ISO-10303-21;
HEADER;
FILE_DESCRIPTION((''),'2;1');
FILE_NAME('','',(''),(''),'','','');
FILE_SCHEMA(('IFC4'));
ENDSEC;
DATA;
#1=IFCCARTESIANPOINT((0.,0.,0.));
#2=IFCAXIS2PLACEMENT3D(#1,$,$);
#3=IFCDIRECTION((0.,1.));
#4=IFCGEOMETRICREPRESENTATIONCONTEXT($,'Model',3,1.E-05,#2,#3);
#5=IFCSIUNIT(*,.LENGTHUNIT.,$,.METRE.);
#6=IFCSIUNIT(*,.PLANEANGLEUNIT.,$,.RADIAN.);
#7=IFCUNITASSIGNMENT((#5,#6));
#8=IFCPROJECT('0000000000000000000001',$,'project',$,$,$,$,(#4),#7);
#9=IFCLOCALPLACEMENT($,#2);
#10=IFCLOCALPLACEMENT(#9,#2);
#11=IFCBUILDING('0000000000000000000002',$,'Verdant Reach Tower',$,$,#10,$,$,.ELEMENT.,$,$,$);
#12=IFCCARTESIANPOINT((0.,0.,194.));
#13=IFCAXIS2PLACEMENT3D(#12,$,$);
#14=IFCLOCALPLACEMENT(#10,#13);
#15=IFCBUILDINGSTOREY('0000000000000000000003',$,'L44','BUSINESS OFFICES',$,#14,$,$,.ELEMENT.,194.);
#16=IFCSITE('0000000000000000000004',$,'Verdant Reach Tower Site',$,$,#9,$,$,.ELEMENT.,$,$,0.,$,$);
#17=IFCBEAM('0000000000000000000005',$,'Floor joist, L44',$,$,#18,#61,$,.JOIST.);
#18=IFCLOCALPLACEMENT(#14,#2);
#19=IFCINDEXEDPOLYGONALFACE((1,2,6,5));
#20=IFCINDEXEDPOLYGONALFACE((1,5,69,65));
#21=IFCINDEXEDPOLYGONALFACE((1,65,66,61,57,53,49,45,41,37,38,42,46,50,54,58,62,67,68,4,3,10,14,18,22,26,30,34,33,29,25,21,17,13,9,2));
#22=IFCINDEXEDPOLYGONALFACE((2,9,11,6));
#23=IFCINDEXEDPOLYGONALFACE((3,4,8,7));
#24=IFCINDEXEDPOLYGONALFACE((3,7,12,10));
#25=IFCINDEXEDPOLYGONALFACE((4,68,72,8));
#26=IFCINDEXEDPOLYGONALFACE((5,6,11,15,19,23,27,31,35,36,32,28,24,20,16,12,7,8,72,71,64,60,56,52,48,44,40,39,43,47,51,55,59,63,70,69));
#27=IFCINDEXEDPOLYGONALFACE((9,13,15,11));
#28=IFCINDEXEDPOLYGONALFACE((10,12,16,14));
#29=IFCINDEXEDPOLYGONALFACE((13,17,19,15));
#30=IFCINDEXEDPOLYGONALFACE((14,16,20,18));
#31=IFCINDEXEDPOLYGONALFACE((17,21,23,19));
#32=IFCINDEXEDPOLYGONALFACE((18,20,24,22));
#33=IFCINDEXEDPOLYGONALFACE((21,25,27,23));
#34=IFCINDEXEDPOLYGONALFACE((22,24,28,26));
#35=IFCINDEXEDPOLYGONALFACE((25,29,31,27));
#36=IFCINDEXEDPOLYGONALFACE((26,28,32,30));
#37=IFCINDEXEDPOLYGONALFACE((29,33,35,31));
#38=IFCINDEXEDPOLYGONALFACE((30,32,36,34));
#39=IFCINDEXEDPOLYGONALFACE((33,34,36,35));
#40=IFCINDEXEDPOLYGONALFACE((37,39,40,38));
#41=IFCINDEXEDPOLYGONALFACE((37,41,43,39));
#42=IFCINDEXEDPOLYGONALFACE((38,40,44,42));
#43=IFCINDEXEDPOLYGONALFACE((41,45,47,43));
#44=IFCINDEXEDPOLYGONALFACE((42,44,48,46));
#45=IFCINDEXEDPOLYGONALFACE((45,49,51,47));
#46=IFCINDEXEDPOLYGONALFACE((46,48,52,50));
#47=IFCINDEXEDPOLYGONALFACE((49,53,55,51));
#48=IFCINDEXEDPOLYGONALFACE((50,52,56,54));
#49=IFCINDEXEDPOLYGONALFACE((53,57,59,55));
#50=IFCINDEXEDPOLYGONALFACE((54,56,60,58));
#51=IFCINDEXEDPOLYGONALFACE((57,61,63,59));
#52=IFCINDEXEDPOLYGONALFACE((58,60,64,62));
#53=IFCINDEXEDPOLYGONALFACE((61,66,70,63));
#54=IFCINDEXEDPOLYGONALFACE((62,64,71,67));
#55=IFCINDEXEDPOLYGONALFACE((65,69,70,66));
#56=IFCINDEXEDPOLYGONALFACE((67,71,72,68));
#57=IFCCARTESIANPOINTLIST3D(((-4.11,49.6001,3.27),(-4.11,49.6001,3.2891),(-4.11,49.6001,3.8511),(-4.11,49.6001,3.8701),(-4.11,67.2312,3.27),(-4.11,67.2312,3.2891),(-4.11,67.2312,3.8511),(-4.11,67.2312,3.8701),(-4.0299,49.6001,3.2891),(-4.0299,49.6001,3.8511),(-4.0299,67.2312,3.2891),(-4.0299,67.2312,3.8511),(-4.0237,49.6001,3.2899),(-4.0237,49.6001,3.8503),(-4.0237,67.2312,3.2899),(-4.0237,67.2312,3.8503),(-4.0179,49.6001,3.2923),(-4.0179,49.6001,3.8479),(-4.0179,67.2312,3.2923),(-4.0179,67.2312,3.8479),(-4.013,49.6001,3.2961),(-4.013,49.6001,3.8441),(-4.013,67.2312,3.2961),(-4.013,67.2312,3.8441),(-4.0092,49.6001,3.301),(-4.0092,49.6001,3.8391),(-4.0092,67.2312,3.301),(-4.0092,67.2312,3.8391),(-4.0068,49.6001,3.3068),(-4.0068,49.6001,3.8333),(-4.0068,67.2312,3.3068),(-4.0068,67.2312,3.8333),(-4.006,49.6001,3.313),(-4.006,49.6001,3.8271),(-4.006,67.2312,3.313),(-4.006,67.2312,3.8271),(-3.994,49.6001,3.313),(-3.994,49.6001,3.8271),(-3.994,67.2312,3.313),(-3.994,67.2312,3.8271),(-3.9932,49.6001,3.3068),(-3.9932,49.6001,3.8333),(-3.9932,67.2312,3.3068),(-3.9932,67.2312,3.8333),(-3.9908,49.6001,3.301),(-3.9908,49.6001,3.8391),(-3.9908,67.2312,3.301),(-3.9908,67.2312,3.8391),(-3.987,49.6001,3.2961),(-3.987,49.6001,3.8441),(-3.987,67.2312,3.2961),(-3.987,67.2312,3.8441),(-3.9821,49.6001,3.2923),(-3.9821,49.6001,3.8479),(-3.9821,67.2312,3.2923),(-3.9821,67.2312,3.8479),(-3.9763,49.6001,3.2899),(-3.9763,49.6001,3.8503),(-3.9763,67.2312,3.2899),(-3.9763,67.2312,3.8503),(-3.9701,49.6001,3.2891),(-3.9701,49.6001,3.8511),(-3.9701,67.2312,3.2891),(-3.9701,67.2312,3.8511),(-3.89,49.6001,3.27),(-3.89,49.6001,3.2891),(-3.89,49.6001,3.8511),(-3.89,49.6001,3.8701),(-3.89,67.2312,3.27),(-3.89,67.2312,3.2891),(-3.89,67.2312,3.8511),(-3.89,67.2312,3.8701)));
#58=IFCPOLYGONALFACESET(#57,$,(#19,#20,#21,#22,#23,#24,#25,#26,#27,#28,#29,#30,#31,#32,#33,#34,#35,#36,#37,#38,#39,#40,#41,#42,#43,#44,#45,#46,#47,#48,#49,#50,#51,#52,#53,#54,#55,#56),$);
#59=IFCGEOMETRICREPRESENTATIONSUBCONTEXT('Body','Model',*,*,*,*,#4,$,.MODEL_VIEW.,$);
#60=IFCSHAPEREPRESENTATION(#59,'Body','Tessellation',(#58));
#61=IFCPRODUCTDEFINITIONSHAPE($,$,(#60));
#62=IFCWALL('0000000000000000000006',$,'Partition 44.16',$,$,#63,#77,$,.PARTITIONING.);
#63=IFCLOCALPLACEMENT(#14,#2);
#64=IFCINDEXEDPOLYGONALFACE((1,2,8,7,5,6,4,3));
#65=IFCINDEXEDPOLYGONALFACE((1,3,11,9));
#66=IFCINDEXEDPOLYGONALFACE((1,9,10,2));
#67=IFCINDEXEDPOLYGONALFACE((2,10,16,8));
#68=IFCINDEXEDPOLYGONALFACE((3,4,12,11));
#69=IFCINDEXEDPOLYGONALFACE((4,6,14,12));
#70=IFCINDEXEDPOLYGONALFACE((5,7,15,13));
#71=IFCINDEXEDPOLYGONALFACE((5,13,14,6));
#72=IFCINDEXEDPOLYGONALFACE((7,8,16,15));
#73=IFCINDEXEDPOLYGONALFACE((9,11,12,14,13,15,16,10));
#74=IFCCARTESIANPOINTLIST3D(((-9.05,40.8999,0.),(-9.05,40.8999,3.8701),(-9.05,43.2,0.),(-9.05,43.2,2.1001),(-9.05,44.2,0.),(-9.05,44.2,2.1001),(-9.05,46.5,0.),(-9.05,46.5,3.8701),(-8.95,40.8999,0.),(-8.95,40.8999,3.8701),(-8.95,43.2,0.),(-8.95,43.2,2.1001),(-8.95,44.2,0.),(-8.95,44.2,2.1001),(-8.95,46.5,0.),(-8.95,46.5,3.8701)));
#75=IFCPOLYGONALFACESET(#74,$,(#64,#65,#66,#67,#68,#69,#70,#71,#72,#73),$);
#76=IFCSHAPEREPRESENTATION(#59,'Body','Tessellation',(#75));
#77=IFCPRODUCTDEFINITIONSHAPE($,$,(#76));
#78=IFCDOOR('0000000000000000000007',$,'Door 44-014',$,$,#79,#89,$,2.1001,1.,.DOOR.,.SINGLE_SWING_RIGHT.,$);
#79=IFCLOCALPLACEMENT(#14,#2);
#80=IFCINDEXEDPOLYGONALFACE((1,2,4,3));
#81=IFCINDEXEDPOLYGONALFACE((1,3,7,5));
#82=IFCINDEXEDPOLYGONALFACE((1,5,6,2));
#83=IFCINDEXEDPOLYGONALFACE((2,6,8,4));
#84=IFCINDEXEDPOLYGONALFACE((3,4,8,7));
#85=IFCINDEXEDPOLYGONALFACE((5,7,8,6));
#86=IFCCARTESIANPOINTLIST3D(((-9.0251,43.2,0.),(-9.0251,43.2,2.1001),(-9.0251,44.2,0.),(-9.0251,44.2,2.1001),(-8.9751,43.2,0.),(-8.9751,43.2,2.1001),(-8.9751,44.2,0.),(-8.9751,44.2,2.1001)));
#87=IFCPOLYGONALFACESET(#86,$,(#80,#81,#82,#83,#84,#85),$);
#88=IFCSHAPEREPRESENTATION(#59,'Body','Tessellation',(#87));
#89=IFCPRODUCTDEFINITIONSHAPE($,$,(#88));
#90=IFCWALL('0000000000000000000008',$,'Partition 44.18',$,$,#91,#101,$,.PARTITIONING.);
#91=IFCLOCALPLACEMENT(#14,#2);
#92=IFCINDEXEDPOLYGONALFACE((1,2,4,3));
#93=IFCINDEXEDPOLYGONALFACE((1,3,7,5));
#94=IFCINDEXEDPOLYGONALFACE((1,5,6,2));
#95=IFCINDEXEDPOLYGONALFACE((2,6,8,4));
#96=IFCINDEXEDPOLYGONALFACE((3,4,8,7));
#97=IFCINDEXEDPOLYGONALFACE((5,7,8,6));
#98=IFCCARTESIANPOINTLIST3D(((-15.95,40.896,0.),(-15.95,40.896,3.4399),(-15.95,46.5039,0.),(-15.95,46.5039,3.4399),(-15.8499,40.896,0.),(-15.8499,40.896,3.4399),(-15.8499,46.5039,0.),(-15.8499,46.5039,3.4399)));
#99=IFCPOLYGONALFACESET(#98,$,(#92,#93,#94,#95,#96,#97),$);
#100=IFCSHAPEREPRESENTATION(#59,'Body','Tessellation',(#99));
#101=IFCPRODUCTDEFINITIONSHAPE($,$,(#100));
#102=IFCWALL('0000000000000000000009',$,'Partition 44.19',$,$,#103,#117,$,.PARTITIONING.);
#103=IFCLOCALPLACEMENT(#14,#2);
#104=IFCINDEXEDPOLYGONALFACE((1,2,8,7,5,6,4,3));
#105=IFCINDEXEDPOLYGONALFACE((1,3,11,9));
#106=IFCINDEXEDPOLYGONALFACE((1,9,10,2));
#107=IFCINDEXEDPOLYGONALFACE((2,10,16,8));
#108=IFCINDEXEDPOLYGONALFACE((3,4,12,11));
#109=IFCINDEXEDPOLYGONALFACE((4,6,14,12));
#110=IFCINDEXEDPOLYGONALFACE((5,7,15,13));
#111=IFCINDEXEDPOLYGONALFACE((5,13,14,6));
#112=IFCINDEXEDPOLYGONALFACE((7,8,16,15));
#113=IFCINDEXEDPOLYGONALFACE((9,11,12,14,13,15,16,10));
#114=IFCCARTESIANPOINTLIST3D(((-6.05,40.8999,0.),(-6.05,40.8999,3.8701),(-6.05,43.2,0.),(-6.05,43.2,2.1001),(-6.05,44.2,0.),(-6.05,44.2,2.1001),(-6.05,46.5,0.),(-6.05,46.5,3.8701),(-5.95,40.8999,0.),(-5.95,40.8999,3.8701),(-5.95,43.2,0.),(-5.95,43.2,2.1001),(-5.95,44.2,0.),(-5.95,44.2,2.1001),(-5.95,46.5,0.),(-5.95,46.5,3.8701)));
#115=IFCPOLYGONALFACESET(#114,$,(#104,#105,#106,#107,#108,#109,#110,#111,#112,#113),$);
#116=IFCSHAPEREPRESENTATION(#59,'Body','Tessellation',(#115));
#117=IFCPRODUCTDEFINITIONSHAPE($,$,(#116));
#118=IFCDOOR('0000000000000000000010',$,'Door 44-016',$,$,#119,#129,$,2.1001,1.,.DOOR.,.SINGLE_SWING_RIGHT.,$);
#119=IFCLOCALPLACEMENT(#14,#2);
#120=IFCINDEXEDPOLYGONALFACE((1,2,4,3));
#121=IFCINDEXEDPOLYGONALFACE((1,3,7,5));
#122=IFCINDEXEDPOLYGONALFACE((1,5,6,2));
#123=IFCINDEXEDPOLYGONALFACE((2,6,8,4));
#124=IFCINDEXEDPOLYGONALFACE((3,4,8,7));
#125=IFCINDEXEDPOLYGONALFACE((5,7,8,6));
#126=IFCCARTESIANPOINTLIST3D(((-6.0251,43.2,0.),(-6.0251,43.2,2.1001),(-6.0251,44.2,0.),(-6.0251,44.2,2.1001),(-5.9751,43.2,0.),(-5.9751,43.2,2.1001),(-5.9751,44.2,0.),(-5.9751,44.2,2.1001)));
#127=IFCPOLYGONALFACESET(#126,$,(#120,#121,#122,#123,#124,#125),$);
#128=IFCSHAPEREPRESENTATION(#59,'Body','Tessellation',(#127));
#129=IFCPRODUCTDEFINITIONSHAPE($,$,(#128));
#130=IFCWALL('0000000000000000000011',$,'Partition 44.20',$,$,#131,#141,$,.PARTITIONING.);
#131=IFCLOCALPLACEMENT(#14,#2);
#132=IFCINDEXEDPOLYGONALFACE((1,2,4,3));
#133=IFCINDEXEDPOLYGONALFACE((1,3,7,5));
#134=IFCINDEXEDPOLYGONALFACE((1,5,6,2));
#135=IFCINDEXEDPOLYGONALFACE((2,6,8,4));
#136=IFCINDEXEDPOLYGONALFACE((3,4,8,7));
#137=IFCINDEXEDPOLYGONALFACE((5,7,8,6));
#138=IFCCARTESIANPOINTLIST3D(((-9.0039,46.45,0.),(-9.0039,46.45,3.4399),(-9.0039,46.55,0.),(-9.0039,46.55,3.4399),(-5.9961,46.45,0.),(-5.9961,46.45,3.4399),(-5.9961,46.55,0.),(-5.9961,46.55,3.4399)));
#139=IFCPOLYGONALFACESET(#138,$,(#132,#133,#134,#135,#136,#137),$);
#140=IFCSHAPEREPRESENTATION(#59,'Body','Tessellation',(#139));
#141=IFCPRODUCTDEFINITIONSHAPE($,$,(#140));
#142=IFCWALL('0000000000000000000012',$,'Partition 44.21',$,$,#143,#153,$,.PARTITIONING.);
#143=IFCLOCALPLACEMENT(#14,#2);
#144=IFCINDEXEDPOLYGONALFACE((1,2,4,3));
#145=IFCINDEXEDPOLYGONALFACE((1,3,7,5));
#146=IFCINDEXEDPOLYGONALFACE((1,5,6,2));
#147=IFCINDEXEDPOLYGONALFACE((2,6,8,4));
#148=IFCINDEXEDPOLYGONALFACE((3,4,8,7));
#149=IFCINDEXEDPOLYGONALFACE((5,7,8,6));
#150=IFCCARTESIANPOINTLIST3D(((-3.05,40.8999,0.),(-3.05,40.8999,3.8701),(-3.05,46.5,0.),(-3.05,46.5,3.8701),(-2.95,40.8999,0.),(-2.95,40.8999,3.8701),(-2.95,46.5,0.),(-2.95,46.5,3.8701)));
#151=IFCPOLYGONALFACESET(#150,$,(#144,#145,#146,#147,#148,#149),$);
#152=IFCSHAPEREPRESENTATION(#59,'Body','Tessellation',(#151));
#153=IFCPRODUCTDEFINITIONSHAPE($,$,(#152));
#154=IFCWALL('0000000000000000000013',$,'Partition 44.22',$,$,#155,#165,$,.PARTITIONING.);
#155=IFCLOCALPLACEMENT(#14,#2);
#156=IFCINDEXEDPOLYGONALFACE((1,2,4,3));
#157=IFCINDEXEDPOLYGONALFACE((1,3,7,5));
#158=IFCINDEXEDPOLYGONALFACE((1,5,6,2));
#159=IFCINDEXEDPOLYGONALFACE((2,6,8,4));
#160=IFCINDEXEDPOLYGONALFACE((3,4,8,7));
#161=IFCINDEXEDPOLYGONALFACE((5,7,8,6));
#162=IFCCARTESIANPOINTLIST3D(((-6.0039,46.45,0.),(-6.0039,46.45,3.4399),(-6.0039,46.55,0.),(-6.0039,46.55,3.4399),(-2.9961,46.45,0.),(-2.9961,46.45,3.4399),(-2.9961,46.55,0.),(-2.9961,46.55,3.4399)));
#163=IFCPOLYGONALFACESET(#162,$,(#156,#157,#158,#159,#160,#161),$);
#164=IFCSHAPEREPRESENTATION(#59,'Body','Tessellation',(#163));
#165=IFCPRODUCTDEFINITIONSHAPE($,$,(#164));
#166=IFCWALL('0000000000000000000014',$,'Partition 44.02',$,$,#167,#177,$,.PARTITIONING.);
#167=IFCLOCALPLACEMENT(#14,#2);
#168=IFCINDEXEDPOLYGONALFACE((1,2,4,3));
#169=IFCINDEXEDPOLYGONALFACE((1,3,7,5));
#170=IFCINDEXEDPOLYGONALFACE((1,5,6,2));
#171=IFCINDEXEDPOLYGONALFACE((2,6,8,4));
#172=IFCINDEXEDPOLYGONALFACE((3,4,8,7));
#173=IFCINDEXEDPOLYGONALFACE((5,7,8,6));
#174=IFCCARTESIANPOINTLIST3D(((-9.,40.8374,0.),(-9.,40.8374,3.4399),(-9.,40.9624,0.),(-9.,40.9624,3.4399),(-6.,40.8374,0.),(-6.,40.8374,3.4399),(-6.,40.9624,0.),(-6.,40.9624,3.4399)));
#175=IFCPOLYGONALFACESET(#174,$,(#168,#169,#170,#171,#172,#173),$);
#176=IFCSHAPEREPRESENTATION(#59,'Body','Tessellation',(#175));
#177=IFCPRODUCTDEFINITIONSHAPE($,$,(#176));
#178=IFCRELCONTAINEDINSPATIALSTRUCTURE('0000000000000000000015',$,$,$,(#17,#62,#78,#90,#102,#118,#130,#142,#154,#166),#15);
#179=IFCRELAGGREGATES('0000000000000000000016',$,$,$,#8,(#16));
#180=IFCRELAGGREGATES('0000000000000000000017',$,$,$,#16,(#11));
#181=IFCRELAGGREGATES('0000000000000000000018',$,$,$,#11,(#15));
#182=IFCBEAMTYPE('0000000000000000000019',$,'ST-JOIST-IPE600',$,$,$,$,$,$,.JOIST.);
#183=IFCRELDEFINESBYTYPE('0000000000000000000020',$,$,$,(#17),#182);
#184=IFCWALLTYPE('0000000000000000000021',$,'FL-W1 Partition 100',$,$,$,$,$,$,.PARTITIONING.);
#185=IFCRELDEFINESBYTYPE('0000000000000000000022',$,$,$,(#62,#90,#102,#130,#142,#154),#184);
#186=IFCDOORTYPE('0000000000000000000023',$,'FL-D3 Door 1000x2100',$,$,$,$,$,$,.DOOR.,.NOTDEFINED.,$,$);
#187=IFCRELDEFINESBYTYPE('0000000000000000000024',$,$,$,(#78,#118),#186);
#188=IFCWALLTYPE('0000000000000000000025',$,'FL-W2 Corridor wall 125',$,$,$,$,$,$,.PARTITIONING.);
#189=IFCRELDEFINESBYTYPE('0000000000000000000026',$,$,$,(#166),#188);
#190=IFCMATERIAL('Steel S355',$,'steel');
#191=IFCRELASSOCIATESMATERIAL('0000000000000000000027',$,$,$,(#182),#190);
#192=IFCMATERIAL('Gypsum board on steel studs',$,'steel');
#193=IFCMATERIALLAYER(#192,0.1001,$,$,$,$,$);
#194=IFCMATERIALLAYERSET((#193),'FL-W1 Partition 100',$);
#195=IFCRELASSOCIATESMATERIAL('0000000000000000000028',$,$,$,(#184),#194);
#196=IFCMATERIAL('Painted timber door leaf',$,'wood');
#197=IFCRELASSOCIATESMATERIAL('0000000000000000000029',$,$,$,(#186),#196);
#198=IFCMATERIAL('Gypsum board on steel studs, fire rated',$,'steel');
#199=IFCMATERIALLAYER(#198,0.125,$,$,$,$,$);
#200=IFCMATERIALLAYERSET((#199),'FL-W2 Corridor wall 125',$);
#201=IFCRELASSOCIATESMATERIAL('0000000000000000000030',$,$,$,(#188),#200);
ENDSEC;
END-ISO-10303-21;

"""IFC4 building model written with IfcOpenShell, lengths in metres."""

from ifc_helpers import new_model, si_unit, direction, frame, frame_2d, origin, origin_2d, place, context, subcontext, project, spatial, rectangle, i_section, extrude, material, layer, layer_set, material_profile, profile_set, type_object, element, fill, save


model = new_model("IFC4")

# Units and contexts
model_context = context("Model", 3, precision=1e-05, world=origin(), true_north=direction((0.0, 1.0)))
body_context = subcontext(model_context, "Body", "Model", "MODEL_VIEW")
ifc_project = project(units=[si_unit("LENGTHUNIT", "METRE"), si_unit("PLANEANGLEUNIT", "RADIAN")], contexts=[model_context])

# Site, building, storey
site_placement = place(None, origin())
site = spatial("IfcSite", under=ifc_project, at=site_placement, Name="Verdant Reach Tower Site", CompositionType="ELEMENT", RefElevation=0.0)
building_placement = place(site_placement, origin())
building = spatial("IfcBuilding", under=site, at=building_placement, Name="Verdant Reach Tower", CompositionType="ELEMENT")
storey_placement = place(building_placement, frame((0.0, 0.0, 194.0)))
storey = spatial("IfcBuildingStorey", under=building, at=storey_placement, Name="L44", Description="BUSINESS OFFICES", CompositionType="ELEMENT", Elevation=194.0)

# Beam
ifc_material_1 = material(Name="Steel S355", Category="steel")
ifc_material_profile_1 = material_profile(ifc_material_1, i_section(OverallWidth=0.22, OverallDepth=0.6001, WebThickness=0.012, FlangeThickness=0.019, FilletRadius=0.0239, at=origin_2d()), Name="IPE 600")
ifc_profile_set_1 = profile_set([ifc_material_profile_1], Name="Steel S355")
beam_type_1 = type_object("IfcBeamType", Name="ST-JOIST-IPE600", PredefinedType="JOIST", material=ifc_profile_set_1)
beam_1_placement = place(storey_placement, frame((-4.0, 49.6001, 3.5701), z_axis=(0.0, 1.0, 0.0), x_axis=(-1.0, 0.0, 0.0)))
element("IfcBeam", 1, at=beam_1_placement, inside=storey, type_object=beam_type_1, Name="Floor joist, L44", PredefinedType="JOIST", context=body_context, shape_type="SweptSolid", body=[
    extrude(i_section(OverallWidth=0.22, OverallDepth=0.6001, WebThickness=0.012, FlangeThickness=0.019, FilletRadius=0.0239, at=origin_2d()), origin(), (0.0, 0.0, 1.0), 17.6311),
])

# Wall, opening, door
ifc_material_2 = material(Name="Gypsum board on steel studs", Category="steel")
ifc_layer_1 = layer(ifc_material_2, 0.1001)
ifc_layer_set_1 = layer_set([ifc_layer_1], Name="FL-W1 Partition 100")
wall_type_1 = type_object("IfcWallType", Name="FL-W1 Partition 100", PredefinedType="PARTITIONING", material=ifc_layer_set_1)
wall_1_placement = place(storey_placement, frame((-9.0, 46.5, 0.0), z_axis=(0.0, 0.0, 1.0), x_axis=(0.0, -1.0, 0.0)))
wall_1 = element("IfcWall", 2, at=wall_1_placement, inside=storey, type_object=wall_type_1, Name="Partition 44.16", PredefinedType="PARTITIONING", context=body_context, shape_type="SweptSolid", body=[
    extrude(rectangle(XDim=5.6001, YDim=0.1001, at=frame_2d((2.8, 0.0))), origin(), (0.0, 0.0, 1.0), 3.8701),
])
opening_1_placement = place(wall_1_placement, frame((2.3, 0.0, 0.0)))
opening_1 = element("IfcOpeningElement", 3, at=opening_1_placement, cuts=wall_1, PredefinedType="OPENING", context=body_context, shape_type="SweptSolid", body=[
    extrude(rectangle(XDim=1.0, YDim=2.1001, at=frame_2d((0.5, 1.05))), frame((0.0, 0.0601, 0.0), z_axis=(0.0, -1.0, 0.0), x_axis=(1.0, 0.0, 0.0)), (0.0, 0.0, 1.0), 0.1201),
])
ifc_material_3 = material(Name="Painted timber door leaf", Category="wood")
door_type_1 = type_object("IfcDoorType", Name="FL-D3 Door 1000x2100", OperationType="NOTDEFINED", PredefinedType="DOOR", material=ifc_material_3)
door_1_placement = place(opening_1_placement, origin())
door_1 = element("IfcDoor", 4, at=door_1_placement, inside=storey, type_object=door_type_1, Name="Door 44-014", OperationType="SINGLE_SWING_RIGHT", OverallHeight=2.1001, OverallWidth=1.0, PredefinedType="DOOR", context=body_context, shape_type="SweptSolid", body=[
    extrude(rectangle(XDim=1.0, YDim=2.1001, at=frame_2d((0.5, 1.05))), frame((0.0, 0.0249, 0.0), z_axis=(0.0, -1.0, 0.0), x_axis=(1.0, 0.0, 0.0)), (0.0, 0.0, 1.0), 0.05),
])
fill(opening_1, door_1)

# Wall
wall_2_placement = place(storey_placement, frame((-15.8999, 46.5039, 0.0), z_axis=(0.0, 0.0, 1.0), x_axis=(0.0, -1.0, 0.0)))
element("IfcWall", 5, at=wall_2_placement, inside=storey, type_object=wall_type_1, Name="Partition 44.18", PredefinedType="PARTITIONING", context=body_context, shape_type="SweptSolid", body=[
    extrude(rectangle(XDim=5.6079, YDim=0.1001, at=frame_2d((2.804, 0.0))), origin(), (0.0, 0.0, 1.0), 3.4399),
])

# Wall, opening, door
wall_3_placement = place(storey_placement, frame((-6.0, 46.5, 0.0), z_axis=(0.0, 0.0, 1.0), x_axis=(0.0, -1.0, 0.0)))
wall_3 = element("IfcWall", 6, at=wall_3_placement, inside=storey, type_object=wall_type_1, Name="Partition 44.19", PredefinedType="PARTITIONING", context=body_context, shape_type="SweptSolid", body=[
    extrude(rectangle(XDim=5.6001, YDim=0.1001, at=frame_2d((2.8, 0.0))), origin(), (0.0, 0.0, 1.0), 3.8701),
])
opening_2_placement = place(wall_3_placement, frame((2.3, 0.0, 0.0)))
opening_2 = element("IfcOpeningElement", 7, at=opening_2_placement, cuts=wall_3, PredefinedType="OPENING", context=body_context, shape_type="SweptSolid", body=[
    extrude(rectangle(XDim=1.0, YDim=2.1001, at=frame_2d((0.5, 1.05))), frame((0.0, 0.0601, 0.0), z_axis=(0.0, -1.0, 0.0), x_axis=(1.0, 0.0, 0.0)), (0.0, 0.0, 1.0), 0.1201),
])
door_2_placement = place(opening_2_placement, origin())
door_2 = element("IfcDoor", 8, at=door_2_placement, inside=storey, type_object=door_type_1, Name="Door 44-016", OperationType="SINGLE_SWING_RIGHT", OverallHeight=2.1001, OverallWidth=1.0, PredefinedType="DOOR", context=body_context, shape_type="SweptSolid", body=[
    extrude(rectangle(XDim=1.0, YDim=2.1001, at=frame_2d((0.5, 1.05))), frame((0.0, 0.0249, 0.0), z_axis=(0.0, -1.0, 0.0), x_axis=(1.0, 0.0, 0.0)), (0.0, 0.0, 1.0), 0.05),
])
fill(opening_2, door_2)

# Walls
wall_4_placement = place(storey_placement, frame((-5.9961, 46.5, 0.0), z_axis=(0.0, 0.0, 1.0), x_axis=(-1.0, 0.0, 0.0)))
element("IfcWall", 9, at=wall_4_placement, inside=storey, type_object=wall_type_1, Name="Partition 44.20", PredefinedType="PARTITIONING", context=body_context, shape_type="SweptSolid", body=[
    extrude(rectangle(XDim=3.0078, YDim=0.1001, at=frame_2d((1.5039, 0.0))), origin(), (0.0, 0.0, 1.0), 3.4399),
])
wall_5_placement = place(storey_placement, frame((-3.0, 40.8999, 0.0), z_axis=(0.0, 0.0, 1.0), x_axis=(0.0, 1.0, 0.0)))
element("IfcWall", 10, at=wall_5_placement, inside=storey, type_object=wall_type_1, Name="Partition 44.21", PredefinedType="PARTITIONING", context=body_context, shape_type="SweptSolid", body=[
    extrude(rectangle(XDim=5.6001, YDim=0.1001, at=frame_2d((2.8, 0.0))), origin(), (0.0, 0.0, 1.0), 3.8701),
])
wall_6_placement = place(storey_placement, frame((-2.9961, 46.5, 0.0), z_axis=(0.0, 0.0, 1.0), x_axis=(-1.0, 0.0, 0.0)))
element("IfcWall", 11, at=wall_6_placement, inside=storey, type_object=wall_type_1, Name="Partition 44.22", PredefinedType="PARTITIONING", context=body_context, shape_type="SweptSolid", body=[
    extrude(rectangle(XDim=3.0078, YDim=0.1001, at=frame_2d((1.5039, 0.0))), origin(), (0.0, 0.0, 1.0), 3.4399),
])
ifc_material_4 = material(Name="Gypsum board on steel studs, fire rated", Category="steel")
ifc_layer_2 = layer(ifc_material_4, 0.125)
ifc_layer_set_2 = layer_set([ifc_layer_2], Name="FL-W2 Corridor wall 125")
wall_type_2 = type_object("IfcWallType", Name="FL-W2 Corridor wall 125", PredefinedType="PARTITIONING", material=ifc_layer_set_2)
for number, where, z_axis, x_axis, name in (
    (12, (-6.0, 40.8999, 0.0), (0.0, 0.0, 1.0), (-1.0, 0.0, 0.0), "Partition 44.02"),
):
    element("IfcWall", number, at=place(storey_placement, frame(where, z_axis=z_axis, x_axis=x_axis)), inside=storey, type_object=wall_type_2, Name=name, PredefinedType="PARTITIONING", context=body_context, shape_type="SweptSolid", body=[
        extrude(rectangle(XDim=3.0, YDim=0.125, at=frame_2d((1.5, 0.0))), origin(), (0.0, 0.0, 1.0), 3.4399),
    ])

save(model, "model.ifc")
